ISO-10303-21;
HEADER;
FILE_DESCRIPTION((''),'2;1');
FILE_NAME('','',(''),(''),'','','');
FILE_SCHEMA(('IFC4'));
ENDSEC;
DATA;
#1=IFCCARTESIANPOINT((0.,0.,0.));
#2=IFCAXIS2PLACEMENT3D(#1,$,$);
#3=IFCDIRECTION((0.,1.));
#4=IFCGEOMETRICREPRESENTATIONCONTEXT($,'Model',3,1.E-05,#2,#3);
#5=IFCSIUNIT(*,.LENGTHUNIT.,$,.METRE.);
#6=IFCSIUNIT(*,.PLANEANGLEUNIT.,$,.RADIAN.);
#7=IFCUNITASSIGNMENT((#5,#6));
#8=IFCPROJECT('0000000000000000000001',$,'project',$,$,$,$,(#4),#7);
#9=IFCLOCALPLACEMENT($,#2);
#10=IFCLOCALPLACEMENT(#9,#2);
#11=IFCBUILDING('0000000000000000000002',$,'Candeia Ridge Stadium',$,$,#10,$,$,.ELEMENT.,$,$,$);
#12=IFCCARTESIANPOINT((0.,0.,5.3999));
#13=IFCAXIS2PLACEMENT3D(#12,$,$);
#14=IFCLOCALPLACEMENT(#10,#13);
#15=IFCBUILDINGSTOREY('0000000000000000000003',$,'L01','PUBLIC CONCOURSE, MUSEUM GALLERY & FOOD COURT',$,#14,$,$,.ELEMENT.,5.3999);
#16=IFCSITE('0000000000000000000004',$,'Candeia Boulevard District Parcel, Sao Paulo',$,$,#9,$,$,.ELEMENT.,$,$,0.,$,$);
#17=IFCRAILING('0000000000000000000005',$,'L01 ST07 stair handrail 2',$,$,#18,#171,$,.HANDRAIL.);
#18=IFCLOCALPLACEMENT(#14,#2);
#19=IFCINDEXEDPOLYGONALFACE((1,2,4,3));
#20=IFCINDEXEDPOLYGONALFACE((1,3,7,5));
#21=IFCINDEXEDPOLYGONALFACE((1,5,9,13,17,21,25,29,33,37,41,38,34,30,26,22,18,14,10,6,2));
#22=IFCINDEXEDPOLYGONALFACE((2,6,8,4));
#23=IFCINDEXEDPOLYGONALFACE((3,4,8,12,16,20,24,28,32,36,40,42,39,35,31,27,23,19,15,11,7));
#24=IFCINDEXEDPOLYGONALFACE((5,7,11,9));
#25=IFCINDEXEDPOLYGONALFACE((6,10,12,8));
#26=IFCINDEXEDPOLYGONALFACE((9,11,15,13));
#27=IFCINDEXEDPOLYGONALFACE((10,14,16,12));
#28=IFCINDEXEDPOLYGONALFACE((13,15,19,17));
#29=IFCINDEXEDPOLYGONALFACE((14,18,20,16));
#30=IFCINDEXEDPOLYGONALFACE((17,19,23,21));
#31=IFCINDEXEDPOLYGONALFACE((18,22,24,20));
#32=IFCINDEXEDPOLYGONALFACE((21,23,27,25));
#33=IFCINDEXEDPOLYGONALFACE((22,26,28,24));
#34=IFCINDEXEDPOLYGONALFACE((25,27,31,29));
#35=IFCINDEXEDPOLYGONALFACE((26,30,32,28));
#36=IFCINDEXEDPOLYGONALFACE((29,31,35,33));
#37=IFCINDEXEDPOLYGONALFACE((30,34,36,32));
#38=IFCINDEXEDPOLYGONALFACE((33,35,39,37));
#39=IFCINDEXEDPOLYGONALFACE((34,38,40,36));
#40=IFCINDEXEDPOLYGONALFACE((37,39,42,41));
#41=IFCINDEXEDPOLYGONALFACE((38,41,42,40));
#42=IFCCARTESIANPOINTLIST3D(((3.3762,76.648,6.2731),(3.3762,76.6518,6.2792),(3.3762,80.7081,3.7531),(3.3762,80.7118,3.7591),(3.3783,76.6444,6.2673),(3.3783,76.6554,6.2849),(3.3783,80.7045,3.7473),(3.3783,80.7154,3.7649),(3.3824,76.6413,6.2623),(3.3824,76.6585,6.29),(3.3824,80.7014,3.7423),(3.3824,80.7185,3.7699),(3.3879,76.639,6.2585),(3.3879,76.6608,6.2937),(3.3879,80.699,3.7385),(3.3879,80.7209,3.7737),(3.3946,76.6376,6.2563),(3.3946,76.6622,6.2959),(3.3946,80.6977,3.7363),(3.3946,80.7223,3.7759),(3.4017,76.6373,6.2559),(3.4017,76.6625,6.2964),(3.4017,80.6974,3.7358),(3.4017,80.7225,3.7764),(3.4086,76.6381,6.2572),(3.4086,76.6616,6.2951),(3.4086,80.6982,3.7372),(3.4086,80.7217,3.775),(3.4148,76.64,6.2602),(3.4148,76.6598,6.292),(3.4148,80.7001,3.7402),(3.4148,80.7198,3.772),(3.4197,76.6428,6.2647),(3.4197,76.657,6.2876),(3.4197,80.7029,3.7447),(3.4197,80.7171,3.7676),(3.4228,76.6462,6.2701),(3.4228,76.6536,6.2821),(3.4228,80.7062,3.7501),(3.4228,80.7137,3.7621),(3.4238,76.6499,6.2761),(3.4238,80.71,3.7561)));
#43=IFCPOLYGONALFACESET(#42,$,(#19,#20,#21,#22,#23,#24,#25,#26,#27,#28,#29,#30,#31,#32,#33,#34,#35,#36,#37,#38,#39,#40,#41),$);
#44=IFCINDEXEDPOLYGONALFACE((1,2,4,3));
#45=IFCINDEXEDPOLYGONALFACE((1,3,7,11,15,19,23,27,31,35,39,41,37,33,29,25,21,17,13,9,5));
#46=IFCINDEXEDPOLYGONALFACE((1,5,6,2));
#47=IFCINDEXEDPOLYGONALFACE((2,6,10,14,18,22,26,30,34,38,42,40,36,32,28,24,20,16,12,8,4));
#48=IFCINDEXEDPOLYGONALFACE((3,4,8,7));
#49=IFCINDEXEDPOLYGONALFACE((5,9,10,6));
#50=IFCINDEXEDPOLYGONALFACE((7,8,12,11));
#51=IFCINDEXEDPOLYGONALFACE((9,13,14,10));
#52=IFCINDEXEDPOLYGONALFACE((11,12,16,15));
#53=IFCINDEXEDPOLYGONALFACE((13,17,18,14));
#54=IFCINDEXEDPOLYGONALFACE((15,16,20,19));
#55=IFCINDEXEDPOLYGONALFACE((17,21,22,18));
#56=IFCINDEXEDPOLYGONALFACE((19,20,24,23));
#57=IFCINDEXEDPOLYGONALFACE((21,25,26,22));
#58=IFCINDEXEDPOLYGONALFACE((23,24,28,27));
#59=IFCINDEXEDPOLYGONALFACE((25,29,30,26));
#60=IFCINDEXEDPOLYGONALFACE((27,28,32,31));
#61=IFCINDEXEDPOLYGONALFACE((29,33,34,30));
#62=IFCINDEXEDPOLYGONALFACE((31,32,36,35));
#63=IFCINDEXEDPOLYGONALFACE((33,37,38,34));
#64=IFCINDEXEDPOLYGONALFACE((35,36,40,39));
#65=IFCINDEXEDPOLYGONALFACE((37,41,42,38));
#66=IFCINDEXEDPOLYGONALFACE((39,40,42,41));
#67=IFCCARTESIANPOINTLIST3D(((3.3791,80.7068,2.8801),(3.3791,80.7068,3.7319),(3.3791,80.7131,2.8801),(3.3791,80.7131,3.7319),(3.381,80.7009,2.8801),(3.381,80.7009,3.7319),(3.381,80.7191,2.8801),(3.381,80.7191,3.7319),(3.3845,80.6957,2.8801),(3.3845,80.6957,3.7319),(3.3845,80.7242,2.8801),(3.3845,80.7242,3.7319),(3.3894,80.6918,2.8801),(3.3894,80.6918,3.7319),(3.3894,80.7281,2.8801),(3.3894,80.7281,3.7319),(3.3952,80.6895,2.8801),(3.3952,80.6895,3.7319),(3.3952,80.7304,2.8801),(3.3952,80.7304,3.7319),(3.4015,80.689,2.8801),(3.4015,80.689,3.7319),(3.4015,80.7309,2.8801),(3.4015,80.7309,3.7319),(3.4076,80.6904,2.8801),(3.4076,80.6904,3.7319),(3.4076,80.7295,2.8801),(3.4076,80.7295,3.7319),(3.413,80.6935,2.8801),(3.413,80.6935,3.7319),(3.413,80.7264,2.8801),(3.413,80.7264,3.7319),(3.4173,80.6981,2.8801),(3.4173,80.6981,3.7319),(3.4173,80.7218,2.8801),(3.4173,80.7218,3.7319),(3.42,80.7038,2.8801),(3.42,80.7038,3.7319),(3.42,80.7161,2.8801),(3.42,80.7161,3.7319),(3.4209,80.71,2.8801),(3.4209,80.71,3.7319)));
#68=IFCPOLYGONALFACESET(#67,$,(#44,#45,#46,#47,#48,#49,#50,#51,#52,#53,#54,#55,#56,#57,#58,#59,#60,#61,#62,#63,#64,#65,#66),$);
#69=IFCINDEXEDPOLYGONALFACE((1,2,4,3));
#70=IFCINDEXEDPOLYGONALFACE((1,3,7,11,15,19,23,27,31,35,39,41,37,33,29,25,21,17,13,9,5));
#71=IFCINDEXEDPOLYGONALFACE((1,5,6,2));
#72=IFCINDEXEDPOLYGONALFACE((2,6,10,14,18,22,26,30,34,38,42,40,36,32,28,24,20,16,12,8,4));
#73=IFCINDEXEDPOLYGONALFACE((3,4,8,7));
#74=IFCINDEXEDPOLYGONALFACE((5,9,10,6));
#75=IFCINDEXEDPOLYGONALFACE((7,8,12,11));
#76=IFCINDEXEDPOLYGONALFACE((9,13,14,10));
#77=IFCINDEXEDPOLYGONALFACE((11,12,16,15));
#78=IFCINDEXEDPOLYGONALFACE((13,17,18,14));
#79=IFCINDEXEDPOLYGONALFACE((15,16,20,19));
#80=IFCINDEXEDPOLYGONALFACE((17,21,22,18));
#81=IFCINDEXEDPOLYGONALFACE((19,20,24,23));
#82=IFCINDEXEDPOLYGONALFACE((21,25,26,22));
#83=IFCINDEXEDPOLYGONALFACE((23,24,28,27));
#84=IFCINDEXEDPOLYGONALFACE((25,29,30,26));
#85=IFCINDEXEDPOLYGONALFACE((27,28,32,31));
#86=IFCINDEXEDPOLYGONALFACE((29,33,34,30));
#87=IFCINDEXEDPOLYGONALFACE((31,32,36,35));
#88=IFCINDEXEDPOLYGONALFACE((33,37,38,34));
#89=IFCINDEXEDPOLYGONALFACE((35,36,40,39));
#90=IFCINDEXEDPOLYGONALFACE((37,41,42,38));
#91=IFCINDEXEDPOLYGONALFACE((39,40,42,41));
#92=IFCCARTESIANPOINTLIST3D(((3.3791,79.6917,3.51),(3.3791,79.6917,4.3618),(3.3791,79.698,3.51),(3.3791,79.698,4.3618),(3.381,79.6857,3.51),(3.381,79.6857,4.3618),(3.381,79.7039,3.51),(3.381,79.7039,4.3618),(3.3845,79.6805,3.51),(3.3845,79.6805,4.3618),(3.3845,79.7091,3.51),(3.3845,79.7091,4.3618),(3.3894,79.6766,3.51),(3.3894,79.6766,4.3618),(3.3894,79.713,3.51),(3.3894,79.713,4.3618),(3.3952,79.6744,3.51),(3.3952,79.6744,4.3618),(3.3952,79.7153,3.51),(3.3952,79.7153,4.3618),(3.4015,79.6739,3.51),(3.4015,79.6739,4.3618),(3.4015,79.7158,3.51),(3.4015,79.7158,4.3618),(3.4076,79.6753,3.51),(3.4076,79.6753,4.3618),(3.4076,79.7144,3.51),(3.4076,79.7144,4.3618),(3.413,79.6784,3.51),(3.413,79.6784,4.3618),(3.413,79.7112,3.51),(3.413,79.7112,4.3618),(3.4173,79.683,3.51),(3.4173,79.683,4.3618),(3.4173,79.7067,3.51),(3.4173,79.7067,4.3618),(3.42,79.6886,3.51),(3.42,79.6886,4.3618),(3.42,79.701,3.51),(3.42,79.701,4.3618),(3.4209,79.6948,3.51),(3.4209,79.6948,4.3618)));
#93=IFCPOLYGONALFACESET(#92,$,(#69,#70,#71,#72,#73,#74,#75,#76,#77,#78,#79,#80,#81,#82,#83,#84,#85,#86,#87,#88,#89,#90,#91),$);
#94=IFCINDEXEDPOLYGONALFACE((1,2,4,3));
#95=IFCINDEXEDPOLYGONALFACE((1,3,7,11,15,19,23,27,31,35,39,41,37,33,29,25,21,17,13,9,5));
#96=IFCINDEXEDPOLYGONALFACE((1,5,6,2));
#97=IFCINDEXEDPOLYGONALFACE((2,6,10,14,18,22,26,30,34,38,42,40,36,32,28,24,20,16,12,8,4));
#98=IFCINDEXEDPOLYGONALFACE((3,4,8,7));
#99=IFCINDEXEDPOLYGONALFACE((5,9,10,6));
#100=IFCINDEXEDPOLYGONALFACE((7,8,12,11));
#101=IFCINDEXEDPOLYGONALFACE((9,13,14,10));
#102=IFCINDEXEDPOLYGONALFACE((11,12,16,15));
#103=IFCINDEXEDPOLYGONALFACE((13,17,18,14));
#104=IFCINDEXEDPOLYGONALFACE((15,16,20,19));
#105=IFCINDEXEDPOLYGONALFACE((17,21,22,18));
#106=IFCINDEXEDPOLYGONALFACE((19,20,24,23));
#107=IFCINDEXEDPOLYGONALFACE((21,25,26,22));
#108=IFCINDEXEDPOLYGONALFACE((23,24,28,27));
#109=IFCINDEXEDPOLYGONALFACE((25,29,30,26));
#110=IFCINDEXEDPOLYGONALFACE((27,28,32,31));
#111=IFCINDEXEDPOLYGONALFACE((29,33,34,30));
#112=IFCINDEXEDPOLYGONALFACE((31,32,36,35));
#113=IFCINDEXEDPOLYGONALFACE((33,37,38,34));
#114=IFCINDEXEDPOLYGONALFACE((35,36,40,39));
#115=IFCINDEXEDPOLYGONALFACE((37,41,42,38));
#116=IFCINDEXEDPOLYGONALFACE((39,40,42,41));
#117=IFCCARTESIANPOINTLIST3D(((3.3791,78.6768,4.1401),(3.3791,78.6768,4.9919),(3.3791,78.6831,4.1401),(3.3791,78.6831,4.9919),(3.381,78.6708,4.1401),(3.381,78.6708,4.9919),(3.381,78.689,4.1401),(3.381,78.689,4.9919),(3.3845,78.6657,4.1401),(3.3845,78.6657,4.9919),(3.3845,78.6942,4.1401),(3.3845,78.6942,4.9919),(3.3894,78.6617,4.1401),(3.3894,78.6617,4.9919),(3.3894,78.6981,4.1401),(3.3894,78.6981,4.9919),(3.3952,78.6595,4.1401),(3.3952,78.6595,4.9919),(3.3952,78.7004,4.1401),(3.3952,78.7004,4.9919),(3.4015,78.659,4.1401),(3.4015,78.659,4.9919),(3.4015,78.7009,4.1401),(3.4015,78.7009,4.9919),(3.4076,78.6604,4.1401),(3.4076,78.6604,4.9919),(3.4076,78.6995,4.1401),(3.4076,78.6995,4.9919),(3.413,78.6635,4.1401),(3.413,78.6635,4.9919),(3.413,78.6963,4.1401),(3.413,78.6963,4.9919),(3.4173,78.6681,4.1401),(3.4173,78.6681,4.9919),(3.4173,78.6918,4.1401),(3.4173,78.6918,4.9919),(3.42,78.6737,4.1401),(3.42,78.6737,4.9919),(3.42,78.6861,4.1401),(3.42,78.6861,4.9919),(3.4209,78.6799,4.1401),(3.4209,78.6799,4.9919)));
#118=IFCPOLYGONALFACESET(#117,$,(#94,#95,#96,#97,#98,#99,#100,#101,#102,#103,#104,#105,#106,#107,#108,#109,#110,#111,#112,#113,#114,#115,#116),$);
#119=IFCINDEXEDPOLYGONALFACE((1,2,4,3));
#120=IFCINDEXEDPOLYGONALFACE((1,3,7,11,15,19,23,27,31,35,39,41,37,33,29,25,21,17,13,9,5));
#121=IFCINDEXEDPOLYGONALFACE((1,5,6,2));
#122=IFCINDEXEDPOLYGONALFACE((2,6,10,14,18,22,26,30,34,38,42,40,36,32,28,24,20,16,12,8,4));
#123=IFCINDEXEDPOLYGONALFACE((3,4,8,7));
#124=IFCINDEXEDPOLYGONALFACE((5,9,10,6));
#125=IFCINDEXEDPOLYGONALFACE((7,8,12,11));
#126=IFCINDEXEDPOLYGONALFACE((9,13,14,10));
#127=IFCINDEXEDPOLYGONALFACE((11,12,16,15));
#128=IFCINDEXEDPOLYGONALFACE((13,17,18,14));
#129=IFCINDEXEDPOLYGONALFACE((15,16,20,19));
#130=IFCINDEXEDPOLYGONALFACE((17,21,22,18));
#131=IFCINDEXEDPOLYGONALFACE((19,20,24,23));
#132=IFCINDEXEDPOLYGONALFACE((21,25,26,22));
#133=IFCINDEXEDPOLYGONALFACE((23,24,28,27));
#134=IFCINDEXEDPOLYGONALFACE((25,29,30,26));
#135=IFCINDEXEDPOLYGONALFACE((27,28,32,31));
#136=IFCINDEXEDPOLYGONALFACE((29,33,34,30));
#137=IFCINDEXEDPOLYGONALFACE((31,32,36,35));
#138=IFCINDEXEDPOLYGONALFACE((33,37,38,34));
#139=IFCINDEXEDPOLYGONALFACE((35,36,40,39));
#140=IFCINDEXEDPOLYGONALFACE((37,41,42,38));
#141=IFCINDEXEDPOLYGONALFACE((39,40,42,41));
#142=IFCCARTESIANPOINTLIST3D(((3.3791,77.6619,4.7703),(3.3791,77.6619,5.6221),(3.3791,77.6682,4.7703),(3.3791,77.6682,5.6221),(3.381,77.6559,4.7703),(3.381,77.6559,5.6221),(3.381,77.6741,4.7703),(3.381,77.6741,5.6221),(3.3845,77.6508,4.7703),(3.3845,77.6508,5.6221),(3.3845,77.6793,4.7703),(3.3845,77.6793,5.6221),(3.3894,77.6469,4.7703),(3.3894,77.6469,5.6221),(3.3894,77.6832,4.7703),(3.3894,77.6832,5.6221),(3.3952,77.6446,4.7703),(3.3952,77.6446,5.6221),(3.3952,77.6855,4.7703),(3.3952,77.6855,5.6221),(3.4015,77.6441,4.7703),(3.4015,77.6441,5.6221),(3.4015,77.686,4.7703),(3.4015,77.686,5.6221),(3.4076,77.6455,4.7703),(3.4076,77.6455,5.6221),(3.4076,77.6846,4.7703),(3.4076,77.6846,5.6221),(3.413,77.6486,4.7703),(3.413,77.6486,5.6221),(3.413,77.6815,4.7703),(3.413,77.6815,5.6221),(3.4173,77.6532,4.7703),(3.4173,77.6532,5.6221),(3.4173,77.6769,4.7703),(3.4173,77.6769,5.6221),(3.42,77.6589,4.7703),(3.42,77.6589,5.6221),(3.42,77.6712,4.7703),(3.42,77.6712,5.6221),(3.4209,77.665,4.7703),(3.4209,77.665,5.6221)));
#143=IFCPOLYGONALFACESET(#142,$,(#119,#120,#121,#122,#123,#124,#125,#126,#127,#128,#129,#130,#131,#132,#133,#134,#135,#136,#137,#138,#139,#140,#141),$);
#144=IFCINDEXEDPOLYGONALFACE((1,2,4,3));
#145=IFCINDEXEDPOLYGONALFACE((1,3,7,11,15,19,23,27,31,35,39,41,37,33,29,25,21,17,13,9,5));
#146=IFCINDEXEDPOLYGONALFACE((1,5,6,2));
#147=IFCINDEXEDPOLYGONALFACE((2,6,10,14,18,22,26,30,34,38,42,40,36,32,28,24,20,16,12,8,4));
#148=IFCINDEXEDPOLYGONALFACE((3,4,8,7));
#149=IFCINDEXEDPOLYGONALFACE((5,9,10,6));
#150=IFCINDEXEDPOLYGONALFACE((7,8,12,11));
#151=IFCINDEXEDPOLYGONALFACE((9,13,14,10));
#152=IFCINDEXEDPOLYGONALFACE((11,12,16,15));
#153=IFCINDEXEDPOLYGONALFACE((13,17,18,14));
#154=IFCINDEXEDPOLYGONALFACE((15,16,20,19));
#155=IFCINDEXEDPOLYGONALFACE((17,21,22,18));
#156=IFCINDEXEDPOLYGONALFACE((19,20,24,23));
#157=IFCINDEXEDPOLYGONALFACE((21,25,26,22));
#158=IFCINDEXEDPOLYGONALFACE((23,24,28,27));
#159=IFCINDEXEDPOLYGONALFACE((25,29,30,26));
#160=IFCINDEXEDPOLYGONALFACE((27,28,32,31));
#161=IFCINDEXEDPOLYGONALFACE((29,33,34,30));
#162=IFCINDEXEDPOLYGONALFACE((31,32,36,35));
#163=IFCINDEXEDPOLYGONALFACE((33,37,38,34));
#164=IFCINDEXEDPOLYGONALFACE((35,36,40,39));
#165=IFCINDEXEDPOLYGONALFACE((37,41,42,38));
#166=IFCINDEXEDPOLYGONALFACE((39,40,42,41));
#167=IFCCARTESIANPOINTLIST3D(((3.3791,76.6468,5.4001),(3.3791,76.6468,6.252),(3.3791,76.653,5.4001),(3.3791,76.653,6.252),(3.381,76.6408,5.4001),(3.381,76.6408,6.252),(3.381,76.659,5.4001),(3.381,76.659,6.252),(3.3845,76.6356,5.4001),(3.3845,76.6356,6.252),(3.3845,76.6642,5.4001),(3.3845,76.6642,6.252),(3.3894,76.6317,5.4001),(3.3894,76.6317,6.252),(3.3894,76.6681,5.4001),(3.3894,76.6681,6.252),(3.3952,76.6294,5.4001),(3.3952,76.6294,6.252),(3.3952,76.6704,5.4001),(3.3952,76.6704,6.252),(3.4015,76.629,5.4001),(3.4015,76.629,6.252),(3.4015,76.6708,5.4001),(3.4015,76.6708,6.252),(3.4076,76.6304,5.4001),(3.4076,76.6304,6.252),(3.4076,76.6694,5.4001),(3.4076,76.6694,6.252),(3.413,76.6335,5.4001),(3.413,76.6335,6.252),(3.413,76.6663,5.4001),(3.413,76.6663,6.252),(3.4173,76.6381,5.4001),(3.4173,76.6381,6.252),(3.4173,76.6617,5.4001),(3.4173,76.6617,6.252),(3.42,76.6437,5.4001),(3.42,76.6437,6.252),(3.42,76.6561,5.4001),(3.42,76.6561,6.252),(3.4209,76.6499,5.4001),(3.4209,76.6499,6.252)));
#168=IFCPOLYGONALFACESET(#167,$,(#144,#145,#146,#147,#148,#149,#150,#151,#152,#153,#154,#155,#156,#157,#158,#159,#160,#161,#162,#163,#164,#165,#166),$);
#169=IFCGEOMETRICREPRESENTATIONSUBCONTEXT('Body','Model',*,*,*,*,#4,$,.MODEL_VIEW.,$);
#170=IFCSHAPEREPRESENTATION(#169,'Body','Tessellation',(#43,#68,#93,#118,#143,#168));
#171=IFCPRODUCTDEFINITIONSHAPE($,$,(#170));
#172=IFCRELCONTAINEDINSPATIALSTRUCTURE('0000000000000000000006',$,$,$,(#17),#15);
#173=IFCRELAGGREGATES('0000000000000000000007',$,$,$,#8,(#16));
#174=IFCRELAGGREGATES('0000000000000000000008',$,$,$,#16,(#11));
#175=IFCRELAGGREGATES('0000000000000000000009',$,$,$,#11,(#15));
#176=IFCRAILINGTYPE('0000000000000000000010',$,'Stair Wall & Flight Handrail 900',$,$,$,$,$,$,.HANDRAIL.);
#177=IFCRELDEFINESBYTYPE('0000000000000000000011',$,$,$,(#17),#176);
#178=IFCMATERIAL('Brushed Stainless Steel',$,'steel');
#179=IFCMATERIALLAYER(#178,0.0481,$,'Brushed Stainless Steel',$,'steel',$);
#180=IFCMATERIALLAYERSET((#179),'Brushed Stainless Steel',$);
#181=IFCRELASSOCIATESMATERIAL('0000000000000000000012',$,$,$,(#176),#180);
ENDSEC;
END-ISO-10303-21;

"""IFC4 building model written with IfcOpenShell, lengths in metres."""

from ifc_helpers import new_model, si_unit, direction, frame, origin, origin_2d, place, context, subcontext, project, spatial, circle, extrude, material, layer, layer_set, type_object, element, save


model = new_model("IFC4")

# Units and contexts
model_context = context("Model", 3, precision=1e-05, world=origin(), true_north=direction((0.0, 1.0)))
body_context = subcontext(model_context, "Body", "Model", "MODEL_VIEW")
ifc_project = project(units=[si_unit("LENGTHUNIT", "METRE"), si_unit("PLANEANGLEUNIT", "RADIAN")], contexts=[model_context])

# Site, building, storey
site_placement = place(None, origin())
site = spatial("IfcSite", under=ifc_project, at=site_placement, Name="Candeia Boulevard District Parcel, Sao Paulo", CompositionType="ELEMENT", RefElevation=0.0)
building_placement = place(site_placement, origin())
building = spatial("IfcBuilding", under=site, at=building_placement, Name="Candeia Ridge Stadium", CompositionType="ELEMENT")
storey_placement = place(building_placement, frame((0.0, 0.0, 5.3999)))
storey = spatial("IfcBuildingStorey", under=building, at=storey_placement, Name="L01", Description="PUBLIC CONCOURSE, MUSEUM GALLERY & FOOD COURT", CompositionType="ELEMENT", Elevation=5.3999)

# Railing
ifc_material_1 = material(Name="Brushed Stainless Steel", Category="steel")
ifc_layer_1 = layer(ifc_material_1, 0.0481, Name="Brushed Stainless Steel", Category="steel")
ifc_layer_set_1 = layer_set([ifc_layer_1], Name="Brushed Stainless Steel")
railing_type_1 = type_object("IfcRailingType", Name="Stair Wall & Flight Handrail 900", PredefinedType="HANDRAIL", material=ifc_layer_set_1)
railing_1_placement = place(storey_placement, frame((3.3999, 80.71, 2.8801)))
element("IfcRailing", 1, at=railing_1_placement, inside=storey, type_object=railing_type_1, Name="L01 ST07 stair handrail 2", PredefinedType="HANDRAIL", context=body_context, shape_type="SweptSolid", body=[
    extrude(circle(Radius=0.0239, at=origin_2d()), frame((0.0, 0.0, 0.876), z_axis=(0.0, -0.849642, 0.52736), x_axis=(1.0, 0.0, 0.0)), (0.0, 0.0, 1.0), 4.7786),
    extrude(circle(Radius=0.021, at=origin_2d()), origin(), (0.0, 0.0, 1.0), 0.8518),
    extrude(circle(Radius=0.021, at=origin_2d()), frame((0.0, -1.0151, 0.6299)), (0.0, 0.0, 1.0), 0.8518),
    extrude(circle(Radius=0.021, at=origin_2d()), frame((0.0, -2.03, 1.26)), (0.0, 0.0, 1.0), 0.8518),
    extrude(circle(Radius=0.021, at=origin_2d()), frame((0.0, -3.0449, 1.8901)), (0.0, 0.0, 1.0), 0.8518),
    extrude(circle(Radius=0.021, at=origin_2d()), frame((0.0, -4.0601, 2.52)), (0.0, 0.0, 1.0), 0.8518),
])

save(model, "model.ifc")
